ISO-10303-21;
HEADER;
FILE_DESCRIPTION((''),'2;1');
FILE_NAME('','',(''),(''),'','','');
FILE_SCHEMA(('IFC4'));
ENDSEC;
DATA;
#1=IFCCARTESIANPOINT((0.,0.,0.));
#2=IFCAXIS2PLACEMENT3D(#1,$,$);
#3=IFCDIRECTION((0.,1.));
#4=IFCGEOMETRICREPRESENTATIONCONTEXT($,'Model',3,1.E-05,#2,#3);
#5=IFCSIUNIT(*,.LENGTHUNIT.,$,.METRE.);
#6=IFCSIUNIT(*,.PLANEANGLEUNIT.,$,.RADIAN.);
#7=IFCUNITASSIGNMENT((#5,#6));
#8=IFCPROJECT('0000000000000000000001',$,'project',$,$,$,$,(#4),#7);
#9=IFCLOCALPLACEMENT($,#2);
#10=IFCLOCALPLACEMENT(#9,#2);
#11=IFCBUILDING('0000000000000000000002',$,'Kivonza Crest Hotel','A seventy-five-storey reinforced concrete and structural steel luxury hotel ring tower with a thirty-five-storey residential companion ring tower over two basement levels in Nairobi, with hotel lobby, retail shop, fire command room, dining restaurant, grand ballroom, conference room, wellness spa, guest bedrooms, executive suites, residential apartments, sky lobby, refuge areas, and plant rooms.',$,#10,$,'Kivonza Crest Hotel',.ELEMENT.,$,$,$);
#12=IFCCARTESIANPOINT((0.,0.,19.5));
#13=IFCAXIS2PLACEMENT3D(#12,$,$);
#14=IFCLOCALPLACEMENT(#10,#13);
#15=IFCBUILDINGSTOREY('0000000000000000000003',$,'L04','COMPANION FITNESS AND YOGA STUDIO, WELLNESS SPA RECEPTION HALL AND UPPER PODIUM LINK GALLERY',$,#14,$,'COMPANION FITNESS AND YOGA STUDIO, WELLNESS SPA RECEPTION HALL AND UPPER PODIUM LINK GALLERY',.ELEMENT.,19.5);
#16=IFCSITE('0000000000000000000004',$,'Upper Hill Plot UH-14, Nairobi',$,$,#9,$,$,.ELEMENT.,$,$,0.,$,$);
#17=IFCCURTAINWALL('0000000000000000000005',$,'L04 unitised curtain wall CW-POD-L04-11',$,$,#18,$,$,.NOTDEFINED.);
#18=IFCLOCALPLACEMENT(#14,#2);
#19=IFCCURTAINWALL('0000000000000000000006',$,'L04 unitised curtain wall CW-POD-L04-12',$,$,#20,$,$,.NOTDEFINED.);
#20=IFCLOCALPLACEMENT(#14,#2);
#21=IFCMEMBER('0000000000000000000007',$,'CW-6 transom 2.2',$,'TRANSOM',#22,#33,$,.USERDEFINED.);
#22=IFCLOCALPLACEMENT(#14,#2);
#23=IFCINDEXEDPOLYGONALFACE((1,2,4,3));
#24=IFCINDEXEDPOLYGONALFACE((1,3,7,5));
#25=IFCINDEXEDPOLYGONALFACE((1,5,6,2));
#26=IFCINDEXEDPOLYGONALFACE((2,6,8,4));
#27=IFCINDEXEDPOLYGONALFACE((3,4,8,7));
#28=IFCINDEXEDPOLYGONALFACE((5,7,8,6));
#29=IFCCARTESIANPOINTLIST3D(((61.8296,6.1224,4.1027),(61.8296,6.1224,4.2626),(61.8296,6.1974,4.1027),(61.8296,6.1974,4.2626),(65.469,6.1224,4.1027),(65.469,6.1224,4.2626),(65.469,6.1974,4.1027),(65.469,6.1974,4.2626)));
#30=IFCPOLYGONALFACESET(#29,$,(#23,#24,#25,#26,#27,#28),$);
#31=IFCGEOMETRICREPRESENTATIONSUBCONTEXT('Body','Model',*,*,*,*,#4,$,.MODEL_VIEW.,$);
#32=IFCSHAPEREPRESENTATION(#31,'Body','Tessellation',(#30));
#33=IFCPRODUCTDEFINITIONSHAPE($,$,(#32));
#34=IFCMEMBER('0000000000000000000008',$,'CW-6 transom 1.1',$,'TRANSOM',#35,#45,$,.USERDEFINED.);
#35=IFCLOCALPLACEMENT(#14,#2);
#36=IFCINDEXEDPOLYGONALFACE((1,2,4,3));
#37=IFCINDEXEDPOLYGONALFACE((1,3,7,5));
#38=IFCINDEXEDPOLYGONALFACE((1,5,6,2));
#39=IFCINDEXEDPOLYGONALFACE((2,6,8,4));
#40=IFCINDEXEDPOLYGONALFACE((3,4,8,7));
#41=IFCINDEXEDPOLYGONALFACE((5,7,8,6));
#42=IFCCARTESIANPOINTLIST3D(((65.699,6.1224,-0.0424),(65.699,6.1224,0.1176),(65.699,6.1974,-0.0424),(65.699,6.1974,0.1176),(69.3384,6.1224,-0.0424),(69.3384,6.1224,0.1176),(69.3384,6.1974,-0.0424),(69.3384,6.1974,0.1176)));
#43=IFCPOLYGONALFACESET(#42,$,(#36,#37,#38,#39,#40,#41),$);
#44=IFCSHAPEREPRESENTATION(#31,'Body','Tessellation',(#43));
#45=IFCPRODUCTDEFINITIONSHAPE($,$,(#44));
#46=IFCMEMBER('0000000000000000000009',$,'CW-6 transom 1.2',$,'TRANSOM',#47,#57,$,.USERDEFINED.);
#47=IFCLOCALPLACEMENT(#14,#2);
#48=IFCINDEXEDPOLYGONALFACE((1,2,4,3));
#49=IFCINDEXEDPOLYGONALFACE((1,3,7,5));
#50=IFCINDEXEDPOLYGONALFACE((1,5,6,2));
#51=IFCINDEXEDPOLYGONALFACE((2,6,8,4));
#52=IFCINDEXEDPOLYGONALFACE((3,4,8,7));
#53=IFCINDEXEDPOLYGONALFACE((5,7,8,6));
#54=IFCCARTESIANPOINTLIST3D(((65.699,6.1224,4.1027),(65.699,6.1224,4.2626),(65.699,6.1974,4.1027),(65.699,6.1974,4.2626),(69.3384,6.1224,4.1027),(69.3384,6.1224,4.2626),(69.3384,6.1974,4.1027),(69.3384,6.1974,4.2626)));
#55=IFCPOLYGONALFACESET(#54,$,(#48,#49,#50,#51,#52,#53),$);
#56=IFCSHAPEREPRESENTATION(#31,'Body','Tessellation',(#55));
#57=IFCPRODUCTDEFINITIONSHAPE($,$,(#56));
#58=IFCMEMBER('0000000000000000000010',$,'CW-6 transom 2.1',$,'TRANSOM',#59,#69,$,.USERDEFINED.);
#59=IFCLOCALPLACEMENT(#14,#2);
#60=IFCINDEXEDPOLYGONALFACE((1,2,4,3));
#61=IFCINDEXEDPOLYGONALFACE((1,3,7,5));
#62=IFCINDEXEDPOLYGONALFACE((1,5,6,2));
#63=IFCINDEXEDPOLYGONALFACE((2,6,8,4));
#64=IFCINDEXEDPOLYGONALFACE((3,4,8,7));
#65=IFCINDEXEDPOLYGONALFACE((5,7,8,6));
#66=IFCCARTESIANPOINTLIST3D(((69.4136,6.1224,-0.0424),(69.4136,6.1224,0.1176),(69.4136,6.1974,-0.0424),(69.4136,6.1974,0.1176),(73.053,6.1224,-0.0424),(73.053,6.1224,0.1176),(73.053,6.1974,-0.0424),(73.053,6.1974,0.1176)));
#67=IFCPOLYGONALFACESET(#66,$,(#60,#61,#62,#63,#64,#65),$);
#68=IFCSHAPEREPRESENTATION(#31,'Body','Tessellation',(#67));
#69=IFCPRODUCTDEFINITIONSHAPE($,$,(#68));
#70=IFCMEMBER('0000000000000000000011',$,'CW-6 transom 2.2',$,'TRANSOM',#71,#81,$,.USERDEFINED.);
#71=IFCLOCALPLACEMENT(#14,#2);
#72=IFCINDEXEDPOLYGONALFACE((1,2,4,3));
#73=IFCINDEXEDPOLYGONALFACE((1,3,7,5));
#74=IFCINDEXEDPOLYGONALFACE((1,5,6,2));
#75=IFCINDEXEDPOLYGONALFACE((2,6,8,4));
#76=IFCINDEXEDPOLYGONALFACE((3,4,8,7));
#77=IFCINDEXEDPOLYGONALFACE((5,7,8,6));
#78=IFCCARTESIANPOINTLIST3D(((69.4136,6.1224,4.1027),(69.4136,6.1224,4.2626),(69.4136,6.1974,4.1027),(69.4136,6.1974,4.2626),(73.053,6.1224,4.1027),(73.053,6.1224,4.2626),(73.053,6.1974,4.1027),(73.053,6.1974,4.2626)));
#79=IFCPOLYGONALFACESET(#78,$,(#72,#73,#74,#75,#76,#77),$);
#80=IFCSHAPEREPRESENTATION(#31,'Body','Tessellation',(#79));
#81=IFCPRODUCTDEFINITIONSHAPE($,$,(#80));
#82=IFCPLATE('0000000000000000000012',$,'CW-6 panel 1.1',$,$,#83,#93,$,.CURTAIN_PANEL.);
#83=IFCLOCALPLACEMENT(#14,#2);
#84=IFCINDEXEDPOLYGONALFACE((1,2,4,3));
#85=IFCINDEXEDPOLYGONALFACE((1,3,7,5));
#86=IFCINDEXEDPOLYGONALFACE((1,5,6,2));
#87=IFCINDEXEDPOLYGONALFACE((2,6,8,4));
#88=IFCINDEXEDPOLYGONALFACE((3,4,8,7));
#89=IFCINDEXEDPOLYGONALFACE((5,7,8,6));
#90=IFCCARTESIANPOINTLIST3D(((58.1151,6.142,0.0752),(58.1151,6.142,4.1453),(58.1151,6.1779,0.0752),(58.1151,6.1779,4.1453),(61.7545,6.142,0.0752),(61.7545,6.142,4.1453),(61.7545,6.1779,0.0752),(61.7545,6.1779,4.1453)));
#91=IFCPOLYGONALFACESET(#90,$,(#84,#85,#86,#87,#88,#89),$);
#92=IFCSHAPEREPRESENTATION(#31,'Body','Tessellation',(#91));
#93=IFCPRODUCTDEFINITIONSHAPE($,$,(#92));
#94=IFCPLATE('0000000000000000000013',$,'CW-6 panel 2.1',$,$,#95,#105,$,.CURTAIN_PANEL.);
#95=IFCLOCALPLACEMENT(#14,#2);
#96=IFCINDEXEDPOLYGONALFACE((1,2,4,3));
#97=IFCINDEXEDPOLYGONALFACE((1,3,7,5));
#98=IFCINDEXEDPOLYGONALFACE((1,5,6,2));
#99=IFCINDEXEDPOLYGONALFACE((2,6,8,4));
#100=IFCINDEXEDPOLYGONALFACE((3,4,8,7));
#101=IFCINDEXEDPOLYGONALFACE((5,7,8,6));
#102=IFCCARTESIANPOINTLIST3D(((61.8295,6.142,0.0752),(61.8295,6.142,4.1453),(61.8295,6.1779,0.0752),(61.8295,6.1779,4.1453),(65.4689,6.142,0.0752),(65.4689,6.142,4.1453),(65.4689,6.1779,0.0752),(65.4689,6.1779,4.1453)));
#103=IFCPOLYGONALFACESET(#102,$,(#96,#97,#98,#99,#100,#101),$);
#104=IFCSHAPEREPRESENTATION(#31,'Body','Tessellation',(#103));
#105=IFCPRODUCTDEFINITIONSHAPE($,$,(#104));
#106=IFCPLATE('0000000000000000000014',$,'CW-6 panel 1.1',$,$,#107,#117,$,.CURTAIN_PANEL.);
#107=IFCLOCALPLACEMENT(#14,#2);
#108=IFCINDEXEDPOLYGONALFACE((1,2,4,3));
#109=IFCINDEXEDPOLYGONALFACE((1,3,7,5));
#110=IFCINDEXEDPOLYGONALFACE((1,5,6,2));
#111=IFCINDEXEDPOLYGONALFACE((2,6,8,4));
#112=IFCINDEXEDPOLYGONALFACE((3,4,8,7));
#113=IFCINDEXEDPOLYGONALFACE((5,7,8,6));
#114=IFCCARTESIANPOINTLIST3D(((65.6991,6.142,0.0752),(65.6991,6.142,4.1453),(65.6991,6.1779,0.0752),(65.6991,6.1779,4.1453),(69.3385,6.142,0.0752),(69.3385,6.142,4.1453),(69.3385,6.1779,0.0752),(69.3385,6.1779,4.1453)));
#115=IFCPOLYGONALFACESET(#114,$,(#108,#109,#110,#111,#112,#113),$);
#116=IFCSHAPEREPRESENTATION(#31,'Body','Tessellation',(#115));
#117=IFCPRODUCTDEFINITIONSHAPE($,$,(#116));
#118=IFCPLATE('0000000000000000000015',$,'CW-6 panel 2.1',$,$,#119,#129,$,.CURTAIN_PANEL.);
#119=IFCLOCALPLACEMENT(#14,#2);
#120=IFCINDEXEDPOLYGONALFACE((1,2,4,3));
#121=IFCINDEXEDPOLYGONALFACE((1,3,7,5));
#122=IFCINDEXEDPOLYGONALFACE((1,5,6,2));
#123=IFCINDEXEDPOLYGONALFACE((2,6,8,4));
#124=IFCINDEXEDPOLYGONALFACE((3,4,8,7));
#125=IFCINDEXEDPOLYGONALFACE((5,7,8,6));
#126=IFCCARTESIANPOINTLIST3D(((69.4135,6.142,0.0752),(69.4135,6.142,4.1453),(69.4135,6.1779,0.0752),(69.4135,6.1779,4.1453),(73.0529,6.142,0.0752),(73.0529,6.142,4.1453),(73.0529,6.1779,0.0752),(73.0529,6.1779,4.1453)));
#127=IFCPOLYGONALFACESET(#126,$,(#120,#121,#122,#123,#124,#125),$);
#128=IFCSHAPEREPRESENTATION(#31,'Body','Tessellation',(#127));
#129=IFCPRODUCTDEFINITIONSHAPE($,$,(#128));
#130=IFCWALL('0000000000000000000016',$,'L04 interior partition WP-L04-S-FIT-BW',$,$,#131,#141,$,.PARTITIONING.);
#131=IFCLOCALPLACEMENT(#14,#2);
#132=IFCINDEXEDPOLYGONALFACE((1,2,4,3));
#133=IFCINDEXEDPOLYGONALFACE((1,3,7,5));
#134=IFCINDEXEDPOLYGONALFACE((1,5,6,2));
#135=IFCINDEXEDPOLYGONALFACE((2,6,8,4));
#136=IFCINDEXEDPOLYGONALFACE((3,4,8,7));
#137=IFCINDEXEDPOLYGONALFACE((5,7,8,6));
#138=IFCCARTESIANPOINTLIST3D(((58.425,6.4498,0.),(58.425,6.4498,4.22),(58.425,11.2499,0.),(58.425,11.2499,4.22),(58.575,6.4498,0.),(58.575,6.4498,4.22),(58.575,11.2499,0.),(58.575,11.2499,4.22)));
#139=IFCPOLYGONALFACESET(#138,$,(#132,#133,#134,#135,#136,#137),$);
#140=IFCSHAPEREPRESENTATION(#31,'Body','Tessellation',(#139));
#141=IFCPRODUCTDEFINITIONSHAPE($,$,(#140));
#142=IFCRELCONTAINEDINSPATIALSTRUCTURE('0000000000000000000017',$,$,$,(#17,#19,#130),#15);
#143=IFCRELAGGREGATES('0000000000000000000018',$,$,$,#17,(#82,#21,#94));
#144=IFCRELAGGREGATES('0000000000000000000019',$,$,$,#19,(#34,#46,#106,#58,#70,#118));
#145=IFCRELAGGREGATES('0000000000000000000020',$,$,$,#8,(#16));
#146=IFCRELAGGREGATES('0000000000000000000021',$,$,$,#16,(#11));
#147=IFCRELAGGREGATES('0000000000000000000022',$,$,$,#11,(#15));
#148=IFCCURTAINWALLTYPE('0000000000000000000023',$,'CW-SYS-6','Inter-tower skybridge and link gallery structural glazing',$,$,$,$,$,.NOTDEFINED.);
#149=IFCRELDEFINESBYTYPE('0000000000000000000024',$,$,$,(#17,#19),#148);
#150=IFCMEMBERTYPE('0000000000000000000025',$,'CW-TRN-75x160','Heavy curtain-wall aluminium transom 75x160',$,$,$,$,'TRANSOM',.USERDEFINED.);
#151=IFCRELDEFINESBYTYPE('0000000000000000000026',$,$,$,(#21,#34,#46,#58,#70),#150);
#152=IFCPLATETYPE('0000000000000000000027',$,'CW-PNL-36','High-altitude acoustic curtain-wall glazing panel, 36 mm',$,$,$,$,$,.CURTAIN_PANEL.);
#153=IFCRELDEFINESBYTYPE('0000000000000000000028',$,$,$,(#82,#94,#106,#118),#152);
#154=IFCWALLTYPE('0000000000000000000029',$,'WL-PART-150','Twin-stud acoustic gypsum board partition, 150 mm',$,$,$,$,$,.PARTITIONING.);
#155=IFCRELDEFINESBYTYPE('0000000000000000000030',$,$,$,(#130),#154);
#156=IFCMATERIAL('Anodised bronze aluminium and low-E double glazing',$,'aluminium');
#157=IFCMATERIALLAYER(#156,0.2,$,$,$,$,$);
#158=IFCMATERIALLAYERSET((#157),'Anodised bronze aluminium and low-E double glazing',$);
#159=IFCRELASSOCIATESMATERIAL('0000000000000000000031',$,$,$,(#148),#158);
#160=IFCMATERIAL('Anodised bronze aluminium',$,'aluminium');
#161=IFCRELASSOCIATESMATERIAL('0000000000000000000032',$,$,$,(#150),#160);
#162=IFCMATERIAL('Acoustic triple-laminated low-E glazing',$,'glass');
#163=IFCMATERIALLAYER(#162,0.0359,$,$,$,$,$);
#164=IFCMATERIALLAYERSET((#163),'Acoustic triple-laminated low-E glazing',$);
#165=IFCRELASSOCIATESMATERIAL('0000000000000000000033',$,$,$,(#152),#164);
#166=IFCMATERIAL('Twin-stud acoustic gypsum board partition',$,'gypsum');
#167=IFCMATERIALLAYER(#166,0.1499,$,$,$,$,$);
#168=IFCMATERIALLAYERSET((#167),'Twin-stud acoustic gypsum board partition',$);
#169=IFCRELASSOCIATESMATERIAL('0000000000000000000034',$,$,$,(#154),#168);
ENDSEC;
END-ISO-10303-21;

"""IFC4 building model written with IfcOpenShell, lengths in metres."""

from ifc_helpers import new_model, si_unit, direction, frame, frame_2d, origin, origin_2d, place, context, subcontext, project, spatial, rectangle, extrude, material, layer, layer_set, material_profile, profile_set, type_object, element, aggregate, save


model = new_model("IFC4")

# Units and contexts
model_context = context("Model", 3, precision=1e-05, world=origin(), true_north=direction((0.0, 1.0)))
body_context = subcontext(model_context, "Body", "Model", "MODEL_VIEW")
ifc_project = project(units=[si_unit("LENGTHUNIT", "METRE"), si_unit("PLANEANGLEUNIT", "RADIAN")], contexts=[model_context])

# Site, building, storey
site_placement = place(None, origin())
site = spatial("IfcSite", under=ifc_project, at=site_placement, Name="Upper Hill Plot UH-14, Nairobi", CompositionType="ELEMENT", RefElevation=0.0)
building_placement = place(site_placement, origin())
building = spatial("IfcBuilding", under=site, at=building_placement, Name="Kivonza Crest Hotel", Description="A seventy-five-storey reinforced concrete and structural steel luxury hotel ring tower with a thirty-five-storey residential companion ring tower over two basement levels in Nairobi, with hotel lobby, retail shop, fire command room, dining restaurant, grand ballroom, conference room, wellness spa, guest bedrooms, executive suites, residential apartments, sky lobby, refuge areas, and plant rooms.", LongName="Kivonza Crest Hotel", CompositionType="ELEMENT")
storey_placement = place(building_placement, frame((0.0, 0.0, 19.5)))
storey = spatial("IfcBuildingStorey", under=building, at=storey_placement, Name="L04", Description="COMPANION FITNESS AND YOGA STUDIO, WELLNESS SPA RECEPTION HALL AND UPPER PODIUM LINK GALLERY", LongName="COMPANION FITNESS AND YOGA STUDIO, WELLNESS SPA RECEPTION HALL AND UPPER PODIUM LINK GALLERY", CompositionType="ELEMENT", Elevation=19.5)

# Curtain walls
ifc_material_1 = material(Name="Anodised bronze aluminium and low-E double glazing", Category="aluminium")
ifc_layer_1 = layer(ifc_material_1, 0.2)
ifc_layer_set_1 = layer_set([ifc_layer_1], Name="Anodised bronze aluminium and low-E double glazing")
curtain_wall_type = type_object("IfcCurtainWallType", Name="CW-SYS-6", Description="Inter-tower skybridge and link gallery structural glazing", PredefinedType="NOTDEFINED", material=ifc_layer_set_1)
curtain_wall_1_placement = place(storey_placement, origin())
curtain_wall_1 = element("IfcCurtainWall", 1, at=curtain_wall_1_placement, inside=storey, type_object=curtain_wall_type, Name="L04 unitised curtain wall CW-POD-L04-11", PredefinedType="NOTDEFINED")
ifc_material_2 = material(Name="Anodised bronze aluminium", Category="aluminium")
curtain_wall_2_placement = place(storey_placement, origin())
curtain_wall_2 = element("IfcCurtainWall", 2, at=curtain_wall_2_placement, inside=storey, type_object=curtain_wall_type, Name="L04 unitised curtain wall CW-POD-L04-12", PredefinedType="NOTDEFINED")

# Members
ifc_material_profile_1 = material_profile(ifc_material_2, rectangle(XDim=0.075, YDim=0.1599, at=origin_2d()), Name="CW-T 75x160")
ifc_profile_set_1 = profile_set([ifc_material_profile_1], Name="Anodised bronze aluminium")
member_type_1 = type_object("IfcMemberType", Name="CW-TRN-75x160", Description="Heavy curtain-wall aluminium transom 75x160", ElementType="TRANSOM", PredefinedType="USERDEFINED", material=ifc_profile_set_1)
member_1_placement = place(storey_placement, frame((61.8296, 6.1599, 4.1826), z_axis=(1.0, 0.0, 0.0), x_axis=(0.0, 1.0, 0.0)))
member_1 = element("IfcMember", 3, at=member_1_placement, type_object=member_type_1, Name="CW-6 transom 2.2", ObjectType="TRANSOM", PredefinedType="USERDEFINED", context=body_context, shape_type="SweptSolid", body=[
    extrude(rectangle(XDim=0.075, YDim=0.1599, at=origin_2d()), origin(), (0.0, 0.0, 1.0), 3.6394),
])
member_2_placement = place(storey_placement, frame((65.699, 6.1599, 0.0376), z_axis=(1.0, 0.0, 0.0), x_axis=(0.0, 1.0, 0.0)))
member_2 = element("IfcMember", 4, at=member_2_placement, type_object=member_type_1, Name="CW-6 transom 1.1", ObjectType="TRANSOM", PredefinedType="USERDEFINED", context=body_context, shape_type="SweptSolid", body=[
    extrude(rectangle(XDim=0.075, YDim=0.1599, at=origin_2d()), origin(), (0.0, 0.0, 1.0), 3.6394),
])
member_3_placement = place(storey_placement, frame((65.699, 6.1599, 4.1826), z_axis=(1.0, 0.0, 0.0), x_axis=(0.0, 1.0, 0.0)))
member_3 = element("IfcMember", 5, at=member_3_placement, type_object=member_type_1, Name="CW-6 transom 1.2", ObjectType="TRANSOM", PredefinedType="USERDEFINED", context=body_context, shape_type="SweptSolid", body=[
    extrude(rectangle(XDim=0.075, YDim=0.1599, at=origin_2d()), origin(), (0.0, 0.0, 1.0), 3.6394),
])
member_4_placement = place(storey_placement, frame((69.4136, 6.1599, 0.0376), z_axis=(1.0, 0.0, 0.0), x_axis=(0.0, 1.0, 0.0)))
member_4 = element("IfcMember", 6, at=member_4_placement, type_object=member_type_1, Name="CW-6 transom 2.1", ObjectType="TRANSOM", PredefinedType="USERDEFINED", context=body_context, shape_type="SweptSolid", body=[
    extrude(rectangle(XDim=0.075, YDim=0.1599, at=origin_2d()), origin(), (0.0, 0.0, 1.0), 3.6394),
])
member_5_placement = place(storey_placement, frame((69.4136, 6.1599, 4.1826), z_axis=(1.0, 0.0, 0.0), x_axis=(0.0, 1.0, 0.0)))
member_5 = element("IfcMember", 7, at=member_5_placement, type_object=member_type_1, Name="CW-6 transom 2.2", ObjectType="TRANSOM", PredefinedType="USERDEFINED", context=body_context, shape_type="SweptSolid", body=[
    extrude(rectangle(XDim=0.075, YDim=0.1599, at=origin_2d()), origin(), (0.0, 0.0, 1.0), 3.6394),
])

# Plates
ifc_material_3 = material(Name="Acoustic triple-laminated low-E glazing", Category="glass")
ifc_layer_2 = layer(ifc_material_3, 0.0359)
ifc_layer_set_2 = layer_set([ifc_layer_2], Name="Acoustic triple-laminated low-E glazing")
plate_type = type_object("IfcPlateType", Name="CW-PNL-36", Description="High-altitude acoustic curtain-wall glazing panel, 36 mm", PredefinedType="CURTAIN_PANEL", material=ifc_layer_set_2)
plate_1_placement = place(storey_placement, frame((59.9348, 6.1599, 0.0752), z_axis=(0.0, 0.0, 1.0), x_axis=(1.0, 0.0, 0.0)))
plate_1 = element("IfcPlate", 8, at=plate_1_placement, type_object=plate_type, Name="CW-6 panel 1.1", PredefinedType="CURTAIN_PANEL", context=body_context, shape_type="SweptSolid", body=[
    extrude(rectangle(XDim=3.6394, YDim=0.0359, at=origin_2d()), origin(), (0.0, 0.0, 1.0), 4.0701),
])
plate_2_placement = place(storey_placement, frame((63.6492, 6.1599, 0.0752), z_axis=(0.0, 0.0, 1.0), x_axis=(1.0, 0.0, 0.0)))
plate_2 = element("IfcPlate", 9, at=plate_2_placement, type_object=plate_type, Name="CW-6 panel 2.1", PredefinedType="CURTAIN_PANEL", context=body_context, shape_type="SweptSolid", body=[
    extrude(rectangle(XDim=3.6394, YDim=0.0359, at=origin_2d()), origin(), (0.0, 0.0, 1.0), 4.0701),
])
aggregate(curtain_wall_1, [plate_1, member_1, plate_2])
plate_3_placement = place(storey_placement, frame((67.5188, 6.1599, 0.0752), z_axis=(0.0, 0.0, 1.0), x_axis=(1.0, 0.0, 0.0)))
plate_3 = element("IfcPlate", 10, at=plate_3_placement, type_object=plate_type, Name="CW-6 panel 1.1", PredefinedType="CURTAIN_PANEL", context=body_context, shape_type="SweptSolid", body=[
    extrude(rectangle(XDim=3.6394, YDim=0.0359, at=origin_2d()), origin(), (0.0, 0.0, 1.0), 4.0701),
])
plate_4_placement = place(storey_placement, frame((71.2332, 6.1599, 0.0752), z_axis=(0.0, 0.0, 1.0), x_axis=(1.0, 0.0, 0.0)))
plate_4 = element("IfcPlate", 11, at=plate_4_placement, type_object=plate_type, Name="CW-6 panel 2.1", PredefinedType="CURTAIN_PANEL", context=body_context, shape_type="SweptSolid", body=[
    extrude(rectangle(XDim=3.6394, YDim=0.0359, at=origin_2d()), origin(), (0.0, 0.0, 1.0), 4.0701),
])
aggregate(curtain_wall_2, [member_2, member_3, plate_3, member_4, member_5, plate_4])

# Wall
ifc_material_4 = material(Name="Twin-stud acoustic gypsum board partition", Category="gypsum")
ifc_layer_3 = layer(ifc_material_4, 0.1499)
ifc_layer_set_3 = layer_set([ifc_layer_3], Name="Twin-stud acoustic gypsum board partition")
wall_type = type_object("IfcWallType", Name="WL-PART-150", Description="Twin-stud acoustic gypsum board partition, 150 mm", PredefinedType="PARTITIONING", material=ifc_layer_set_3)
wall_placement = place(storey_placement, frame((58.5, 6.45, 0.0), z_axis=(0.0, 0.0, 1.0), x_axis=(0.0, 1.0, 0.0)))
element("IfcWall", 12, at=wall_placement, inside=storey, type_object=wall_type, Name="L04 interior partition WP-L04-S-FIT-BW", PredefinedType="PARTITIONING", context=body_context, shape_type="SweptSolid", body=[
    extrude(rectangle(XDim=4.8, YDim=0.1499, at=frame_2d((2.3999, 0.0))), origin(), (0.0, 0.0, 1.0), 4.22),
])

save(model, "model.ifc")
